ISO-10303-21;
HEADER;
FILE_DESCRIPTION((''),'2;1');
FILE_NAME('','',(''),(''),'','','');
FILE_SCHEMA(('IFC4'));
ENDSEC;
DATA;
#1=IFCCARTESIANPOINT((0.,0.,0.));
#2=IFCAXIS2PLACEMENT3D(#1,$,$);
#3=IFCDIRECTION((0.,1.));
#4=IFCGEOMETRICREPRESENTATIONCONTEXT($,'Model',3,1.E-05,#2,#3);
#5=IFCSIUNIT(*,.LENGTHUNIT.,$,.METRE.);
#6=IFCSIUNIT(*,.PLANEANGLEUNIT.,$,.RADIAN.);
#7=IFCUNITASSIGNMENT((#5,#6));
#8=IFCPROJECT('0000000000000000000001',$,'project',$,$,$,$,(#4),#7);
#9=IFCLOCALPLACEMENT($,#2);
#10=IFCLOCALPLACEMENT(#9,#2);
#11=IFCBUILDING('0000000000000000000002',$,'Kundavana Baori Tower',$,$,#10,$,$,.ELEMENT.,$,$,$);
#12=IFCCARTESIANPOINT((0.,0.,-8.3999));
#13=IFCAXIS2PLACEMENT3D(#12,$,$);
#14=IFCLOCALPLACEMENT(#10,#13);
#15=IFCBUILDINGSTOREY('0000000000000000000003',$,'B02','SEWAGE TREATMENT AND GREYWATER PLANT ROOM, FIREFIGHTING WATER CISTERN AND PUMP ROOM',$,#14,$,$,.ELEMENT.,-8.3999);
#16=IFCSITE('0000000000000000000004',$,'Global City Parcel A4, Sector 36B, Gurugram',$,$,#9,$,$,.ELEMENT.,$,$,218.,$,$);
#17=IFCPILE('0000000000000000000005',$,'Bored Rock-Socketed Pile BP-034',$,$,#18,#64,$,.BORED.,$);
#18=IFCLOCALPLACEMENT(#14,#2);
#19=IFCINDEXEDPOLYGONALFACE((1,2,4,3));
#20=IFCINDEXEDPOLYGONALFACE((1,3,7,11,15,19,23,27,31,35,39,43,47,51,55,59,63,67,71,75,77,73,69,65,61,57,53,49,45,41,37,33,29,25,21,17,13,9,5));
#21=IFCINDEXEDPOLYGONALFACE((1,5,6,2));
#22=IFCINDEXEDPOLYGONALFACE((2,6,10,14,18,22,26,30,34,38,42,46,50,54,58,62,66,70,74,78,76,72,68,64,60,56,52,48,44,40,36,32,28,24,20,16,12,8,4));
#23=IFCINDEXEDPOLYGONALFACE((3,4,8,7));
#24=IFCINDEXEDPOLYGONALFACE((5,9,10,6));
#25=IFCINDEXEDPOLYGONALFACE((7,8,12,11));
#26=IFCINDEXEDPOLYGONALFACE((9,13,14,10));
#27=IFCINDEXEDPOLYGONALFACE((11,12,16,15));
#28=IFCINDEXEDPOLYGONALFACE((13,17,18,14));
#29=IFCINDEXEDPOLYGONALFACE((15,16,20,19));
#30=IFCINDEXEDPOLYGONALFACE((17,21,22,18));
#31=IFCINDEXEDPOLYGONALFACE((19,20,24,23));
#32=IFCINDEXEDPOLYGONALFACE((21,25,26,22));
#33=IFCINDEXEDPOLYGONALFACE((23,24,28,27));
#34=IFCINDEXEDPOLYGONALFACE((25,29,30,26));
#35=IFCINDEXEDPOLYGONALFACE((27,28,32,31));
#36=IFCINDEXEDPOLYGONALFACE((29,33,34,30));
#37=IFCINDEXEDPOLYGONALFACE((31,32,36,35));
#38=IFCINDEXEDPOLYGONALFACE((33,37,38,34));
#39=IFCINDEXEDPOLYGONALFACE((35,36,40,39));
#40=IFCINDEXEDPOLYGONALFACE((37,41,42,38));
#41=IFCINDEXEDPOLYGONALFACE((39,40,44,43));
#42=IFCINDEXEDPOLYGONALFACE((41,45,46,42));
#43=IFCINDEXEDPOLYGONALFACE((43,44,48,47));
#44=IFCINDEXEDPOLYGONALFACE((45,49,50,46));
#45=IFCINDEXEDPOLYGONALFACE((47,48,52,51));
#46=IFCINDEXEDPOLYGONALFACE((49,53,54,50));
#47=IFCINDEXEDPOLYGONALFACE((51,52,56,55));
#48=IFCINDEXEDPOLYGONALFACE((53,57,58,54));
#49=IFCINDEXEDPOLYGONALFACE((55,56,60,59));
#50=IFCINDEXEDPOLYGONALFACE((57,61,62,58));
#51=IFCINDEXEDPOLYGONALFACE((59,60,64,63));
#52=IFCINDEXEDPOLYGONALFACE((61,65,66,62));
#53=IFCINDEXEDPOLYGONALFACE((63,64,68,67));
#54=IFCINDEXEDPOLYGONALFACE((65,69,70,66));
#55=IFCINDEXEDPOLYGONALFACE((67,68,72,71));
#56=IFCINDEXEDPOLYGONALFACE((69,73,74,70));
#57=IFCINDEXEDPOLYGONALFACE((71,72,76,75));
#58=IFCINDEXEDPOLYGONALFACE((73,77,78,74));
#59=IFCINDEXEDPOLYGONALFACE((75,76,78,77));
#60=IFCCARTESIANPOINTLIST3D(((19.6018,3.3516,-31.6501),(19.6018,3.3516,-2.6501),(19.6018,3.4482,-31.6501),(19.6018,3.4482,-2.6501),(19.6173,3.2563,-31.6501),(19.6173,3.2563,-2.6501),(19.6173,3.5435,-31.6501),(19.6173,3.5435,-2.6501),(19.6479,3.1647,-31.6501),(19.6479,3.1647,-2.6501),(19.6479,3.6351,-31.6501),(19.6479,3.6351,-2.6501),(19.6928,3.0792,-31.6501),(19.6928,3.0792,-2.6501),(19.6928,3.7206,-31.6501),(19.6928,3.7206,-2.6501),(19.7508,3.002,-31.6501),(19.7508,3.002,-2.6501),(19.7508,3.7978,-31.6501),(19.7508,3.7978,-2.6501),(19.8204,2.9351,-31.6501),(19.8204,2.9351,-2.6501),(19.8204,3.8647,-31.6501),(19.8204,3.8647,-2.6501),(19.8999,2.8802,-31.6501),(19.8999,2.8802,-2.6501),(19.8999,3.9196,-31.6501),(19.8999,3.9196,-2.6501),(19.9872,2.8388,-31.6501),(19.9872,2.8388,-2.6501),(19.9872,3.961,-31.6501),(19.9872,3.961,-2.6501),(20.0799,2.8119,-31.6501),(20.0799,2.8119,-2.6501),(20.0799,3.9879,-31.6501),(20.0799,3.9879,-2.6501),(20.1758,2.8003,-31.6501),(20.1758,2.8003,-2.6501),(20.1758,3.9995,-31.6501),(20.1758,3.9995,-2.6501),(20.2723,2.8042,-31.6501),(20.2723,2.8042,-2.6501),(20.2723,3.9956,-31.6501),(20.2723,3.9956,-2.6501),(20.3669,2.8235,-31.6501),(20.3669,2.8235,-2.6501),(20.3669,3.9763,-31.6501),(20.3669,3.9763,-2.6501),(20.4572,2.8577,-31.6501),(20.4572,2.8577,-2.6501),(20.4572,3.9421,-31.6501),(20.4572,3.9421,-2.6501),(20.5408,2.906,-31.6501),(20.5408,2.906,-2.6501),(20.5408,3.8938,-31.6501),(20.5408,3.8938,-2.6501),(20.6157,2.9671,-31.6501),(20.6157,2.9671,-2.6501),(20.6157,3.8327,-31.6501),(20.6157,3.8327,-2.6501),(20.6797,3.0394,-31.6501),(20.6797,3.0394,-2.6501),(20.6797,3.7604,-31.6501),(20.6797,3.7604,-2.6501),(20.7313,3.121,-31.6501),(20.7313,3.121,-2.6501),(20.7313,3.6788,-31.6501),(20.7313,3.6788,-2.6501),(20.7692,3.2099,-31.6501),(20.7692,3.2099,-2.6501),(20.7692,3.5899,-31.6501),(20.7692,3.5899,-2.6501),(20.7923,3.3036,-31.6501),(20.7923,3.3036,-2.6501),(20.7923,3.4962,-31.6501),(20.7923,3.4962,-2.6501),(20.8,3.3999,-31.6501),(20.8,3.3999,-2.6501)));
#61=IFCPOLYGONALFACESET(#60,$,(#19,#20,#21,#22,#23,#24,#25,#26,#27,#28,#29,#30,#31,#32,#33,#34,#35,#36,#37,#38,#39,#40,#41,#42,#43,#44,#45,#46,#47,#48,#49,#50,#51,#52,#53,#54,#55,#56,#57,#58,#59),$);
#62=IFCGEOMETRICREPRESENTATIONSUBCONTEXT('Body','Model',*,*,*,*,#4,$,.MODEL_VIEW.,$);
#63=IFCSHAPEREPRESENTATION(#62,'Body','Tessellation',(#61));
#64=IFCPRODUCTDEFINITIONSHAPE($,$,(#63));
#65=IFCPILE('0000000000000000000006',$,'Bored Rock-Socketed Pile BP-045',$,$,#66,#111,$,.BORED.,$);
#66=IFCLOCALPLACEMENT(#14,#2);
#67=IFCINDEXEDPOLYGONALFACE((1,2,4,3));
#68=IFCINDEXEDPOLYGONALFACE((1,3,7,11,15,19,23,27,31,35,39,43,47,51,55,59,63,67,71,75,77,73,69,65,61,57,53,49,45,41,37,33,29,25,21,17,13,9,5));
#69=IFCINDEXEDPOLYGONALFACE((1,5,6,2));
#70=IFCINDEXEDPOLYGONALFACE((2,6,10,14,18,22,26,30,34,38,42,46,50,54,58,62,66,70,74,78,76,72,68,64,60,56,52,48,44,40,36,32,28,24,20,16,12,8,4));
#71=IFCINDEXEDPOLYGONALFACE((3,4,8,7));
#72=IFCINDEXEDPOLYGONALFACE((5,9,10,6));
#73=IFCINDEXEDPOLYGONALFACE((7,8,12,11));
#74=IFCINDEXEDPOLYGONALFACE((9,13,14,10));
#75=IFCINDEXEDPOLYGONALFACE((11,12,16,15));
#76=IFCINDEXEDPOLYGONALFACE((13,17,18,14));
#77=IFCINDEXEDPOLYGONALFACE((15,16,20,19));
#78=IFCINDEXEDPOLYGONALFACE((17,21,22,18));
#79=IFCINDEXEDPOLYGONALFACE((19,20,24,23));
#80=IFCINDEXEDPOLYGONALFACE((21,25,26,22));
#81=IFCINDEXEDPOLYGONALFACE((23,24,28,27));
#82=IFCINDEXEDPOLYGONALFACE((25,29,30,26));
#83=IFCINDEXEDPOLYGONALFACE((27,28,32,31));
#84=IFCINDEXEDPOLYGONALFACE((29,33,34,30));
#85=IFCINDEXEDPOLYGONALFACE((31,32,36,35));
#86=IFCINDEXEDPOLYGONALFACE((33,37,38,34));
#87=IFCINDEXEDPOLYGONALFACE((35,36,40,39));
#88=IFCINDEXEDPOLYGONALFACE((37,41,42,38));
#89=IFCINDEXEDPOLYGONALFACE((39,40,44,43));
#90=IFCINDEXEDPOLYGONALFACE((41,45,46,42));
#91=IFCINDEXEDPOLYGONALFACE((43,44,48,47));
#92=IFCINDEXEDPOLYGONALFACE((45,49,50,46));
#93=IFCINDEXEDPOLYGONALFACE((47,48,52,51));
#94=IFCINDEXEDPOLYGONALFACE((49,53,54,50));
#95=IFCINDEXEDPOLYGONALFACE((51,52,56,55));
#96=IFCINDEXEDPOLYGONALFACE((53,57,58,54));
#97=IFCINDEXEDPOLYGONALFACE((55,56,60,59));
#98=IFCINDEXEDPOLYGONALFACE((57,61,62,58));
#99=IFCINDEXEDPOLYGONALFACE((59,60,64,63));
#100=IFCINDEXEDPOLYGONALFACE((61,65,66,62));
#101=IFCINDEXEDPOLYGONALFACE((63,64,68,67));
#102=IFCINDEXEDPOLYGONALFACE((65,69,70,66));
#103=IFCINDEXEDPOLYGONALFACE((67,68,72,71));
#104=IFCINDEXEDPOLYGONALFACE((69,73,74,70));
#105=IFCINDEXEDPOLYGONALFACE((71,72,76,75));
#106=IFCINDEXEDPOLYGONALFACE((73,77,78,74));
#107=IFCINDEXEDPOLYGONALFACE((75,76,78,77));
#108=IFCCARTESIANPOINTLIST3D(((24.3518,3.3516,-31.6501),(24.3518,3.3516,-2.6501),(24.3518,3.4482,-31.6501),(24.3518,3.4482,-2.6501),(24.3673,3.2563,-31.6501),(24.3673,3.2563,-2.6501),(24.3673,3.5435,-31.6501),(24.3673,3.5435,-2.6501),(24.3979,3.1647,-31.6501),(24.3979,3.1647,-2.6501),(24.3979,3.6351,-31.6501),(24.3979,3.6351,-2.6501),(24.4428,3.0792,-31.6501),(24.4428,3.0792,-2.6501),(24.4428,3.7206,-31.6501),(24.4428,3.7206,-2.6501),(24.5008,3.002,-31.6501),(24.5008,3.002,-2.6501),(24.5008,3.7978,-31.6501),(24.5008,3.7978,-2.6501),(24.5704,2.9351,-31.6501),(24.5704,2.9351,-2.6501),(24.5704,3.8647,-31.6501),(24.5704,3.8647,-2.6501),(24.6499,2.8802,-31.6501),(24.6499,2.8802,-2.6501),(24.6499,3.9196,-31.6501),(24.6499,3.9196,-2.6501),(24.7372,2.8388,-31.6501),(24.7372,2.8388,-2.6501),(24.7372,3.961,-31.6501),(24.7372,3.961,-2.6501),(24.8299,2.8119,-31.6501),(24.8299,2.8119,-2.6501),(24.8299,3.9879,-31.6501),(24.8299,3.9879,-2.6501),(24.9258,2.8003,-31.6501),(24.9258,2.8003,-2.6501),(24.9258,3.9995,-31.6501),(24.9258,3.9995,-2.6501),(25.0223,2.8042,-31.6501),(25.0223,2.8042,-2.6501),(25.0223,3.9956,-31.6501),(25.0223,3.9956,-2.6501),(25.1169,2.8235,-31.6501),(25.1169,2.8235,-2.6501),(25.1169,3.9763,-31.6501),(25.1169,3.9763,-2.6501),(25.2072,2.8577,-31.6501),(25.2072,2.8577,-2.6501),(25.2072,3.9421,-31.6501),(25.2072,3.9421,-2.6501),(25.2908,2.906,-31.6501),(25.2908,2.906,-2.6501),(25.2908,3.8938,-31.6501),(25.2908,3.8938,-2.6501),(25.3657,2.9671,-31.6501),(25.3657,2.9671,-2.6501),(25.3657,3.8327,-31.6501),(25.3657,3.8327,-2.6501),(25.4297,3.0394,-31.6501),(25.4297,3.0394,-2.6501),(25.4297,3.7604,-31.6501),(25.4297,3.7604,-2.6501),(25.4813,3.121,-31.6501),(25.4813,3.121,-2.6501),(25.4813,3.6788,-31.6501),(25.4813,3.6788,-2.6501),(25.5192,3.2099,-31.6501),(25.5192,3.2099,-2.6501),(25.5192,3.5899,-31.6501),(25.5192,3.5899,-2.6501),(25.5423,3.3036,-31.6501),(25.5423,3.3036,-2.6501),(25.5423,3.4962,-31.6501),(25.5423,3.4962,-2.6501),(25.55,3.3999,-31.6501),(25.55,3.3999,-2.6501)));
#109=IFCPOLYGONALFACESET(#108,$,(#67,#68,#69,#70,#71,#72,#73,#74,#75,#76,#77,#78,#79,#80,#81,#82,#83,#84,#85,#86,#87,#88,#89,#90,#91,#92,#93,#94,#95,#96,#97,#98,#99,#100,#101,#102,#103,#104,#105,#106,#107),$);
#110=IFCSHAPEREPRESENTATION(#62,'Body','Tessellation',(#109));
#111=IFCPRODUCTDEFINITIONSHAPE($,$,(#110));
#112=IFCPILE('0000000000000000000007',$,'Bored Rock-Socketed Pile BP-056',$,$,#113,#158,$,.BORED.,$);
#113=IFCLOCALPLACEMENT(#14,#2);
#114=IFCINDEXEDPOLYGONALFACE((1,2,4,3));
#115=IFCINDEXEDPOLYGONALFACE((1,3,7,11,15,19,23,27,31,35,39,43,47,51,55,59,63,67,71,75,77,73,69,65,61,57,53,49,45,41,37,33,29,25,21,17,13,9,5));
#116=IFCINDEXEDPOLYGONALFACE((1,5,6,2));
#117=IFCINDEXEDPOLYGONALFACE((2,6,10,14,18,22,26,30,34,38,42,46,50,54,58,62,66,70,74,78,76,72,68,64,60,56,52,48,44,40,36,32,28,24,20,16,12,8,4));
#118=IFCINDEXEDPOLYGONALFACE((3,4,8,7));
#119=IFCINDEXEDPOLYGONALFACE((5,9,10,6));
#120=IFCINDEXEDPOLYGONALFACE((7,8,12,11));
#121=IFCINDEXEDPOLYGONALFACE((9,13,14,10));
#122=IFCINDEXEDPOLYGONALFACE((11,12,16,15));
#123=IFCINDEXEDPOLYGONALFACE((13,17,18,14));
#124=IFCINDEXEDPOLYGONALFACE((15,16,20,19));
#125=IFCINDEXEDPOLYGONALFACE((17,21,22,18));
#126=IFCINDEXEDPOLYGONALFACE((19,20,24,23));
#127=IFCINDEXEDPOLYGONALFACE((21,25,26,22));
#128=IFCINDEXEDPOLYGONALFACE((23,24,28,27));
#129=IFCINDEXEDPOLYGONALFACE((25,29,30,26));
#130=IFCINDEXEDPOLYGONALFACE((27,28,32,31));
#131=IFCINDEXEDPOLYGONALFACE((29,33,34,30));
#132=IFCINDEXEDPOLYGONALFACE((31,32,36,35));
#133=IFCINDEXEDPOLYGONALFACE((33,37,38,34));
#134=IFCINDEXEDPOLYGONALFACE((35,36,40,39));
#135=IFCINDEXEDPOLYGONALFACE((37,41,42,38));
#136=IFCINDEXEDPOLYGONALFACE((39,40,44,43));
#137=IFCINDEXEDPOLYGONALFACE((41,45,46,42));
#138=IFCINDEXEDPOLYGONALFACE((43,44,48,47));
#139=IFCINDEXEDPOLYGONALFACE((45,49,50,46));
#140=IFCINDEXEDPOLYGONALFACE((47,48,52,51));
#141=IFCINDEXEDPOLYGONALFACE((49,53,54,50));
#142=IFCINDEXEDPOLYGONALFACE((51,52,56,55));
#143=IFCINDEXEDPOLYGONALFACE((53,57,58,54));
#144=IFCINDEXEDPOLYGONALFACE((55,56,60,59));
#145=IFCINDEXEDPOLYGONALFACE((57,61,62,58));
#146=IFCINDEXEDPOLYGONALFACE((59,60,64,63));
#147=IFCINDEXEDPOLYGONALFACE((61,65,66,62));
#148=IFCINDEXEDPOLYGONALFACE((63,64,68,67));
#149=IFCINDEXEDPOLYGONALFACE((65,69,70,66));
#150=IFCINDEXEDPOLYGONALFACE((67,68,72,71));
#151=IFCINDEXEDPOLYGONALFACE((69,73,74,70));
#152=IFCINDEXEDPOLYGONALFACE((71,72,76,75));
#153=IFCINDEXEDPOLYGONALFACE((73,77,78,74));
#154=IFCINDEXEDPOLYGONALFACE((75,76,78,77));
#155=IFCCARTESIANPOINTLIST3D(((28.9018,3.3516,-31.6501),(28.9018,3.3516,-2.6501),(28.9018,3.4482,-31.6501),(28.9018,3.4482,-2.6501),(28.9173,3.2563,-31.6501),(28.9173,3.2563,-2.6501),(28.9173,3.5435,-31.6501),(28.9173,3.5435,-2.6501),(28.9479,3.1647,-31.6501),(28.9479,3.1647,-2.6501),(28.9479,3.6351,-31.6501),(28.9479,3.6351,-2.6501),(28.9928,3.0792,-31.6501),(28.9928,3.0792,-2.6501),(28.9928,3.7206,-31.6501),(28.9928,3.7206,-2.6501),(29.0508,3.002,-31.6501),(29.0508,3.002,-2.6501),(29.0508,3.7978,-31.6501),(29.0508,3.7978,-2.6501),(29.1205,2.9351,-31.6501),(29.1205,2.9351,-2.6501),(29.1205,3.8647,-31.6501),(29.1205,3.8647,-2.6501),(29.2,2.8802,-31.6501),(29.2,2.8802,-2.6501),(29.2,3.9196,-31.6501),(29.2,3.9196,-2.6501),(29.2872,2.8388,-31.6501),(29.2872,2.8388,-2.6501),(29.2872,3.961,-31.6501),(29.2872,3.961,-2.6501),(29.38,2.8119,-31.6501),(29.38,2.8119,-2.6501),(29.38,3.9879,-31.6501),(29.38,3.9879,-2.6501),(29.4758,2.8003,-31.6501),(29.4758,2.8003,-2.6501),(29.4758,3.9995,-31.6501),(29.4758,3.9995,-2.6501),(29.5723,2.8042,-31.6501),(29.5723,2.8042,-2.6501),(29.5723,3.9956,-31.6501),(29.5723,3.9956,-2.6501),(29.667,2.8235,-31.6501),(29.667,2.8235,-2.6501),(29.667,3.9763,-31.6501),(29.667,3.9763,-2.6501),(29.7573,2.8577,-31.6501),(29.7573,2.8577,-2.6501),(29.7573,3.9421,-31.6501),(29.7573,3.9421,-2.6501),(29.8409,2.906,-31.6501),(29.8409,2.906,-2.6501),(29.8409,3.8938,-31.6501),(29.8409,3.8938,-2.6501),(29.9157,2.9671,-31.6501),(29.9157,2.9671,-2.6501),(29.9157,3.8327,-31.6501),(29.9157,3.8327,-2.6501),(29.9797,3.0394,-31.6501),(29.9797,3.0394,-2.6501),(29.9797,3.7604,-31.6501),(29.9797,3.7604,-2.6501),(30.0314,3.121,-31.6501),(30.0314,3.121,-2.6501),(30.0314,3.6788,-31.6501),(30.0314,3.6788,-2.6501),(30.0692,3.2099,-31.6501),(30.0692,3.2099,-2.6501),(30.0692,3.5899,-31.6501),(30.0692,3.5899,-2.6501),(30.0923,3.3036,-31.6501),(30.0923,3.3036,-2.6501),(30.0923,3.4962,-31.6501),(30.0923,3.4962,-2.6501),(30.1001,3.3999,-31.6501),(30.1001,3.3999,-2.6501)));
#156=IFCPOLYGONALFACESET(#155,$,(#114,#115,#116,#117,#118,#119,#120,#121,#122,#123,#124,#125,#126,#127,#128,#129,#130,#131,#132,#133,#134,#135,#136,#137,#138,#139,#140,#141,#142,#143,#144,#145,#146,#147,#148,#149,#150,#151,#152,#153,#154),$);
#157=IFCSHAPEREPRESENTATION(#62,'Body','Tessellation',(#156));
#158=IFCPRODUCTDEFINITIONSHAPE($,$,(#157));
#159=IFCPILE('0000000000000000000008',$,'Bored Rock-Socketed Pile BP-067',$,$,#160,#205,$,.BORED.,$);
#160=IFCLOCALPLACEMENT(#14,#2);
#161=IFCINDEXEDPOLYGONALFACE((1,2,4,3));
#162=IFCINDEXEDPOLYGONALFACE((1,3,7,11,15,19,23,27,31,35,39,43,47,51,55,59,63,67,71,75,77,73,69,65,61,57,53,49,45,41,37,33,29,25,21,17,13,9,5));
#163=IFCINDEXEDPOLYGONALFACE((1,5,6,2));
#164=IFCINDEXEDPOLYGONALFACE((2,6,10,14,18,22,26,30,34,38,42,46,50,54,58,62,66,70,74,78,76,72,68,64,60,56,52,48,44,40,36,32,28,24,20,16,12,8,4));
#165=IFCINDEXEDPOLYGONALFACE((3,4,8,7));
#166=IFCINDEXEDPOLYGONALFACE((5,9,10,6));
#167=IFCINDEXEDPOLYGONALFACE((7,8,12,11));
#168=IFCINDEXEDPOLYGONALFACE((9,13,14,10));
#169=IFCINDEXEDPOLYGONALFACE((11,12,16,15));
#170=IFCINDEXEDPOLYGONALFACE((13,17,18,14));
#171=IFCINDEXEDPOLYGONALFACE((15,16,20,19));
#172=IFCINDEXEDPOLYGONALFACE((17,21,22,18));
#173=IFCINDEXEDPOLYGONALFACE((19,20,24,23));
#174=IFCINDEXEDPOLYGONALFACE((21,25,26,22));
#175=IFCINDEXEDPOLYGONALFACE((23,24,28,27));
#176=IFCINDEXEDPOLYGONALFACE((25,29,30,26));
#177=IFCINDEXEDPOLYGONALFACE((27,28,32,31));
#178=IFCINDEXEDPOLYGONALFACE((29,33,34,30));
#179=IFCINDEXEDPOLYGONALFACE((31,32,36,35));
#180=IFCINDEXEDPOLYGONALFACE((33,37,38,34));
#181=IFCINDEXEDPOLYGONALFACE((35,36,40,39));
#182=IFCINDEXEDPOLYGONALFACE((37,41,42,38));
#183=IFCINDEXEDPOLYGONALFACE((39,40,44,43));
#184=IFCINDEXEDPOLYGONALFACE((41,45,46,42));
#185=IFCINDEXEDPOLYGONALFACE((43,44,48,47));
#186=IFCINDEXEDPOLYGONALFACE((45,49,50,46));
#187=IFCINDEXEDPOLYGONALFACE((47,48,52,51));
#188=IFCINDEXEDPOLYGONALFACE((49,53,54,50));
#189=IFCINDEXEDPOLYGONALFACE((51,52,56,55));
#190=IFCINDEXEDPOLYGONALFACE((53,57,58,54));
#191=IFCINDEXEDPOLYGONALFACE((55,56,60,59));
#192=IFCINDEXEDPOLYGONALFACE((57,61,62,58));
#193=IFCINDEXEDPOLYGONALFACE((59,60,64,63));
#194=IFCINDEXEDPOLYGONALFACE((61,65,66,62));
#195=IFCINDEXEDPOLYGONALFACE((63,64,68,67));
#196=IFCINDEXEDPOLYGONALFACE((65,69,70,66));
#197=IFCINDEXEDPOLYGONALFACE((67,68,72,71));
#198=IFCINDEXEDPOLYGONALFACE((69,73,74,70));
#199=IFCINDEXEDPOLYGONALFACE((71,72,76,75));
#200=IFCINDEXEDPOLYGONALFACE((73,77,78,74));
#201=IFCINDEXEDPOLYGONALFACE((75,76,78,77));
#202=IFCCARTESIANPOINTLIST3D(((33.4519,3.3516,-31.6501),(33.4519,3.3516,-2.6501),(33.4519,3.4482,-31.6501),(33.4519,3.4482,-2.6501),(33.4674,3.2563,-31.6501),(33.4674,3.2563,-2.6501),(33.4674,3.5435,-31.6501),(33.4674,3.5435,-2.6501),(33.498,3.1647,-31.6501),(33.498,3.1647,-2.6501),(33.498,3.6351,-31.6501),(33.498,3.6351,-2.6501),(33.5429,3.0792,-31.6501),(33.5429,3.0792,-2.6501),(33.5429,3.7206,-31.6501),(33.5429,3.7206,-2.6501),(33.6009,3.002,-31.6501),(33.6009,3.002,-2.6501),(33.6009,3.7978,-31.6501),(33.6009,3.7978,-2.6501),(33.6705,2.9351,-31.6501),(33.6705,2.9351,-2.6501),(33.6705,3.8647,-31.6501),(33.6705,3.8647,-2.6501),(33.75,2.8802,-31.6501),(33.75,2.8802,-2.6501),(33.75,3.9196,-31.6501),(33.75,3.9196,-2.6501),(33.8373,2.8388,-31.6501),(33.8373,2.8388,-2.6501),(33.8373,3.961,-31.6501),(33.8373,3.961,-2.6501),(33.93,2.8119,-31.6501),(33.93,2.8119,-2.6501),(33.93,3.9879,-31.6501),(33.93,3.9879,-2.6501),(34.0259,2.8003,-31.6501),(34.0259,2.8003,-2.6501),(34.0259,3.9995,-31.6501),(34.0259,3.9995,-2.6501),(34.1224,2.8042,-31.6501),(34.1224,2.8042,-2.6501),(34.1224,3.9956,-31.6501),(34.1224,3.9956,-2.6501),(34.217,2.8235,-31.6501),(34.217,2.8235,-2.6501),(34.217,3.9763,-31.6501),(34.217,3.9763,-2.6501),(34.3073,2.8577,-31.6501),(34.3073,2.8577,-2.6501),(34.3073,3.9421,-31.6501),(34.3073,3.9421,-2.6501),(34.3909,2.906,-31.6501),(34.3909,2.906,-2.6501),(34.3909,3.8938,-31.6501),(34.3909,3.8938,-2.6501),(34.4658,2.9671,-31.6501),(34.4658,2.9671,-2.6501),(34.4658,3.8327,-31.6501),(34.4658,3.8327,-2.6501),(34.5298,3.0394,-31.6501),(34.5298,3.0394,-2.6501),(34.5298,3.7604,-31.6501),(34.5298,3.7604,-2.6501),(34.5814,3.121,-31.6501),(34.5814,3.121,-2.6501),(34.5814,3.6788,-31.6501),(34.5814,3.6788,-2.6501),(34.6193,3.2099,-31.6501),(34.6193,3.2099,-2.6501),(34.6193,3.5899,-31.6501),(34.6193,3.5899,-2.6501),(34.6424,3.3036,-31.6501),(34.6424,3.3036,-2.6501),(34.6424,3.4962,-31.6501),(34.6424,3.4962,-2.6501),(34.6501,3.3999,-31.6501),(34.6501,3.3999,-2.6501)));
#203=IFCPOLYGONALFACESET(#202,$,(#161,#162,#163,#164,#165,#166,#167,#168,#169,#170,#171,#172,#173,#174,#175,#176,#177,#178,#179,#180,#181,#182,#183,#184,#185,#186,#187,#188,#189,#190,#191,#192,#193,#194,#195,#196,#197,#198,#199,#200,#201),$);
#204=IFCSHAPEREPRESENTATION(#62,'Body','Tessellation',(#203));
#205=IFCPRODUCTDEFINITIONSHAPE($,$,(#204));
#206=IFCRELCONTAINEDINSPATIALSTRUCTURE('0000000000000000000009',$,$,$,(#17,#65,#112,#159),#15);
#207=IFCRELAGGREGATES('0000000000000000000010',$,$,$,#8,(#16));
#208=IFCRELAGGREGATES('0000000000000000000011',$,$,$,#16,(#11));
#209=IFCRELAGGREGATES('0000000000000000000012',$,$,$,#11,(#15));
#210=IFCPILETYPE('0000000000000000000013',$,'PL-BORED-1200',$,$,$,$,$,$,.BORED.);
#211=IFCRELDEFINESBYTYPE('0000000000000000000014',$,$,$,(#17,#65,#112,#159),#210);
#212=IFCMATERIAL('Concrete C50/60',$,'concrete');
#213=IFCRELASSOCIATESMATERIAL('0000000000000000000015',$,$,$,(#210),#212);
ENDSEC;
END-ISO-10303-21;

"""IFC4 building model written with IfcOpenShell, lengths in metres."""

from ifc_helpers import new_model, si_unit, direction, frame, origin, origin_2d, place, context, subcontext, project, spatial, circle, extrude, material, material_profile, profile_set, type_object, element, save


model = new_model("IFC4")

# Units and contexts
model_context = context("Model", 3, precision=1e-05, world=origin(), true_north=direction((0.0, 1.0)))
body_context = subcontext(model_context, "Body", "Model", "MODEL_VIEW")
ifc_project = project(units=[si_unit("LENGTHUNIT", "METRE"), si_unit("PLANEANGLEUNIT", "RADIAN")], contexts=[model_context])

# Site, building, storey
site_placement = place(None, origin())
site = spatial("IfcSite", under=ifc_project, at=site_placement, Name="Global City Parcel A4, Sector 36B, Gurugram", CompositionType="ELEMENT", RefElevation=218.0)
building_placement = place(site_placement, origin())
building = spatial("IfcBuilding", under=site, at=building_placement, Name="Kundavana Baori Tower", CompositionType="ELEMENT")
storey_placement = place(building_placement, frame((0.0, 0.0, -8.3999)))
storey = spatial("IfcBuildingStorey", under=building, at=storey_placement, Name="B02", Description="SEWAGE TREATMENT AND GREYWATER PLANT ROOM, FIREFIGHTING WATER CISTERN AND PUMP ROOM", CompositionType="ELEMENT", Elevation=-8.3999)

# Piles
ifc_material_1 = material(Name="Concrete C50/60", Category="concrete")
ifc_material_profile_1 = material_profile(ifc_material_1, circle(Radius=0.6001, at=origin_2d()), Name="BORED PILE D1200")
ifc_profile_set_1 = profile_set([ifc_material_profile_1], Name="Concrete C50/60")
pile_type_1 = type_object("IfcPileType", Name="PL-BORED-1200", PredefinedType="BORED", material=ifc_profile_set_1)
for number, where, z_axis, x_axis, name in (
    (1, (20.2, 3.3999, -2.6501), (0.0, 0.0, -1.0), (1.0, 0.0, 0.0), "Bored Rock-Socketed Pile BP-034"),
    (2, (24.95, 3.3999, -2.6501), (0.0, 0.0, -1.0), (1.0, 0.0, 0.0), "Bored Rock-Socketed Pile BP-045"),
    (3, (29.5, 3.3999, -2.6501), (0.0, 0.0, -1.0), (1.0, 0.0, 0.0), "Bored Rock-Socketed Pile BP-056"),
    (4, (34.05, 3.3999, -2.6501), (0.0, 0.0, -1.0), (1.0, 0.0, 0.0), "Bored Rock-Socketed Pile BP-067"),
):
    element("IfcPile", number, at=place(storey_placement, frame(where, z_axis=z_axis, x_axis=x_axis)), inside=storey, type_object=pile_type_1, Name=name, PredefinedType="BORED", context=body_context, shape_type="SweptSolid", body=[
        extrude(circle(Radius=0.6001, at=origin_2d()), origin(), (0.0, 0.0, 1.0), 29.0),
    ])

save(model, "model.ifc")
